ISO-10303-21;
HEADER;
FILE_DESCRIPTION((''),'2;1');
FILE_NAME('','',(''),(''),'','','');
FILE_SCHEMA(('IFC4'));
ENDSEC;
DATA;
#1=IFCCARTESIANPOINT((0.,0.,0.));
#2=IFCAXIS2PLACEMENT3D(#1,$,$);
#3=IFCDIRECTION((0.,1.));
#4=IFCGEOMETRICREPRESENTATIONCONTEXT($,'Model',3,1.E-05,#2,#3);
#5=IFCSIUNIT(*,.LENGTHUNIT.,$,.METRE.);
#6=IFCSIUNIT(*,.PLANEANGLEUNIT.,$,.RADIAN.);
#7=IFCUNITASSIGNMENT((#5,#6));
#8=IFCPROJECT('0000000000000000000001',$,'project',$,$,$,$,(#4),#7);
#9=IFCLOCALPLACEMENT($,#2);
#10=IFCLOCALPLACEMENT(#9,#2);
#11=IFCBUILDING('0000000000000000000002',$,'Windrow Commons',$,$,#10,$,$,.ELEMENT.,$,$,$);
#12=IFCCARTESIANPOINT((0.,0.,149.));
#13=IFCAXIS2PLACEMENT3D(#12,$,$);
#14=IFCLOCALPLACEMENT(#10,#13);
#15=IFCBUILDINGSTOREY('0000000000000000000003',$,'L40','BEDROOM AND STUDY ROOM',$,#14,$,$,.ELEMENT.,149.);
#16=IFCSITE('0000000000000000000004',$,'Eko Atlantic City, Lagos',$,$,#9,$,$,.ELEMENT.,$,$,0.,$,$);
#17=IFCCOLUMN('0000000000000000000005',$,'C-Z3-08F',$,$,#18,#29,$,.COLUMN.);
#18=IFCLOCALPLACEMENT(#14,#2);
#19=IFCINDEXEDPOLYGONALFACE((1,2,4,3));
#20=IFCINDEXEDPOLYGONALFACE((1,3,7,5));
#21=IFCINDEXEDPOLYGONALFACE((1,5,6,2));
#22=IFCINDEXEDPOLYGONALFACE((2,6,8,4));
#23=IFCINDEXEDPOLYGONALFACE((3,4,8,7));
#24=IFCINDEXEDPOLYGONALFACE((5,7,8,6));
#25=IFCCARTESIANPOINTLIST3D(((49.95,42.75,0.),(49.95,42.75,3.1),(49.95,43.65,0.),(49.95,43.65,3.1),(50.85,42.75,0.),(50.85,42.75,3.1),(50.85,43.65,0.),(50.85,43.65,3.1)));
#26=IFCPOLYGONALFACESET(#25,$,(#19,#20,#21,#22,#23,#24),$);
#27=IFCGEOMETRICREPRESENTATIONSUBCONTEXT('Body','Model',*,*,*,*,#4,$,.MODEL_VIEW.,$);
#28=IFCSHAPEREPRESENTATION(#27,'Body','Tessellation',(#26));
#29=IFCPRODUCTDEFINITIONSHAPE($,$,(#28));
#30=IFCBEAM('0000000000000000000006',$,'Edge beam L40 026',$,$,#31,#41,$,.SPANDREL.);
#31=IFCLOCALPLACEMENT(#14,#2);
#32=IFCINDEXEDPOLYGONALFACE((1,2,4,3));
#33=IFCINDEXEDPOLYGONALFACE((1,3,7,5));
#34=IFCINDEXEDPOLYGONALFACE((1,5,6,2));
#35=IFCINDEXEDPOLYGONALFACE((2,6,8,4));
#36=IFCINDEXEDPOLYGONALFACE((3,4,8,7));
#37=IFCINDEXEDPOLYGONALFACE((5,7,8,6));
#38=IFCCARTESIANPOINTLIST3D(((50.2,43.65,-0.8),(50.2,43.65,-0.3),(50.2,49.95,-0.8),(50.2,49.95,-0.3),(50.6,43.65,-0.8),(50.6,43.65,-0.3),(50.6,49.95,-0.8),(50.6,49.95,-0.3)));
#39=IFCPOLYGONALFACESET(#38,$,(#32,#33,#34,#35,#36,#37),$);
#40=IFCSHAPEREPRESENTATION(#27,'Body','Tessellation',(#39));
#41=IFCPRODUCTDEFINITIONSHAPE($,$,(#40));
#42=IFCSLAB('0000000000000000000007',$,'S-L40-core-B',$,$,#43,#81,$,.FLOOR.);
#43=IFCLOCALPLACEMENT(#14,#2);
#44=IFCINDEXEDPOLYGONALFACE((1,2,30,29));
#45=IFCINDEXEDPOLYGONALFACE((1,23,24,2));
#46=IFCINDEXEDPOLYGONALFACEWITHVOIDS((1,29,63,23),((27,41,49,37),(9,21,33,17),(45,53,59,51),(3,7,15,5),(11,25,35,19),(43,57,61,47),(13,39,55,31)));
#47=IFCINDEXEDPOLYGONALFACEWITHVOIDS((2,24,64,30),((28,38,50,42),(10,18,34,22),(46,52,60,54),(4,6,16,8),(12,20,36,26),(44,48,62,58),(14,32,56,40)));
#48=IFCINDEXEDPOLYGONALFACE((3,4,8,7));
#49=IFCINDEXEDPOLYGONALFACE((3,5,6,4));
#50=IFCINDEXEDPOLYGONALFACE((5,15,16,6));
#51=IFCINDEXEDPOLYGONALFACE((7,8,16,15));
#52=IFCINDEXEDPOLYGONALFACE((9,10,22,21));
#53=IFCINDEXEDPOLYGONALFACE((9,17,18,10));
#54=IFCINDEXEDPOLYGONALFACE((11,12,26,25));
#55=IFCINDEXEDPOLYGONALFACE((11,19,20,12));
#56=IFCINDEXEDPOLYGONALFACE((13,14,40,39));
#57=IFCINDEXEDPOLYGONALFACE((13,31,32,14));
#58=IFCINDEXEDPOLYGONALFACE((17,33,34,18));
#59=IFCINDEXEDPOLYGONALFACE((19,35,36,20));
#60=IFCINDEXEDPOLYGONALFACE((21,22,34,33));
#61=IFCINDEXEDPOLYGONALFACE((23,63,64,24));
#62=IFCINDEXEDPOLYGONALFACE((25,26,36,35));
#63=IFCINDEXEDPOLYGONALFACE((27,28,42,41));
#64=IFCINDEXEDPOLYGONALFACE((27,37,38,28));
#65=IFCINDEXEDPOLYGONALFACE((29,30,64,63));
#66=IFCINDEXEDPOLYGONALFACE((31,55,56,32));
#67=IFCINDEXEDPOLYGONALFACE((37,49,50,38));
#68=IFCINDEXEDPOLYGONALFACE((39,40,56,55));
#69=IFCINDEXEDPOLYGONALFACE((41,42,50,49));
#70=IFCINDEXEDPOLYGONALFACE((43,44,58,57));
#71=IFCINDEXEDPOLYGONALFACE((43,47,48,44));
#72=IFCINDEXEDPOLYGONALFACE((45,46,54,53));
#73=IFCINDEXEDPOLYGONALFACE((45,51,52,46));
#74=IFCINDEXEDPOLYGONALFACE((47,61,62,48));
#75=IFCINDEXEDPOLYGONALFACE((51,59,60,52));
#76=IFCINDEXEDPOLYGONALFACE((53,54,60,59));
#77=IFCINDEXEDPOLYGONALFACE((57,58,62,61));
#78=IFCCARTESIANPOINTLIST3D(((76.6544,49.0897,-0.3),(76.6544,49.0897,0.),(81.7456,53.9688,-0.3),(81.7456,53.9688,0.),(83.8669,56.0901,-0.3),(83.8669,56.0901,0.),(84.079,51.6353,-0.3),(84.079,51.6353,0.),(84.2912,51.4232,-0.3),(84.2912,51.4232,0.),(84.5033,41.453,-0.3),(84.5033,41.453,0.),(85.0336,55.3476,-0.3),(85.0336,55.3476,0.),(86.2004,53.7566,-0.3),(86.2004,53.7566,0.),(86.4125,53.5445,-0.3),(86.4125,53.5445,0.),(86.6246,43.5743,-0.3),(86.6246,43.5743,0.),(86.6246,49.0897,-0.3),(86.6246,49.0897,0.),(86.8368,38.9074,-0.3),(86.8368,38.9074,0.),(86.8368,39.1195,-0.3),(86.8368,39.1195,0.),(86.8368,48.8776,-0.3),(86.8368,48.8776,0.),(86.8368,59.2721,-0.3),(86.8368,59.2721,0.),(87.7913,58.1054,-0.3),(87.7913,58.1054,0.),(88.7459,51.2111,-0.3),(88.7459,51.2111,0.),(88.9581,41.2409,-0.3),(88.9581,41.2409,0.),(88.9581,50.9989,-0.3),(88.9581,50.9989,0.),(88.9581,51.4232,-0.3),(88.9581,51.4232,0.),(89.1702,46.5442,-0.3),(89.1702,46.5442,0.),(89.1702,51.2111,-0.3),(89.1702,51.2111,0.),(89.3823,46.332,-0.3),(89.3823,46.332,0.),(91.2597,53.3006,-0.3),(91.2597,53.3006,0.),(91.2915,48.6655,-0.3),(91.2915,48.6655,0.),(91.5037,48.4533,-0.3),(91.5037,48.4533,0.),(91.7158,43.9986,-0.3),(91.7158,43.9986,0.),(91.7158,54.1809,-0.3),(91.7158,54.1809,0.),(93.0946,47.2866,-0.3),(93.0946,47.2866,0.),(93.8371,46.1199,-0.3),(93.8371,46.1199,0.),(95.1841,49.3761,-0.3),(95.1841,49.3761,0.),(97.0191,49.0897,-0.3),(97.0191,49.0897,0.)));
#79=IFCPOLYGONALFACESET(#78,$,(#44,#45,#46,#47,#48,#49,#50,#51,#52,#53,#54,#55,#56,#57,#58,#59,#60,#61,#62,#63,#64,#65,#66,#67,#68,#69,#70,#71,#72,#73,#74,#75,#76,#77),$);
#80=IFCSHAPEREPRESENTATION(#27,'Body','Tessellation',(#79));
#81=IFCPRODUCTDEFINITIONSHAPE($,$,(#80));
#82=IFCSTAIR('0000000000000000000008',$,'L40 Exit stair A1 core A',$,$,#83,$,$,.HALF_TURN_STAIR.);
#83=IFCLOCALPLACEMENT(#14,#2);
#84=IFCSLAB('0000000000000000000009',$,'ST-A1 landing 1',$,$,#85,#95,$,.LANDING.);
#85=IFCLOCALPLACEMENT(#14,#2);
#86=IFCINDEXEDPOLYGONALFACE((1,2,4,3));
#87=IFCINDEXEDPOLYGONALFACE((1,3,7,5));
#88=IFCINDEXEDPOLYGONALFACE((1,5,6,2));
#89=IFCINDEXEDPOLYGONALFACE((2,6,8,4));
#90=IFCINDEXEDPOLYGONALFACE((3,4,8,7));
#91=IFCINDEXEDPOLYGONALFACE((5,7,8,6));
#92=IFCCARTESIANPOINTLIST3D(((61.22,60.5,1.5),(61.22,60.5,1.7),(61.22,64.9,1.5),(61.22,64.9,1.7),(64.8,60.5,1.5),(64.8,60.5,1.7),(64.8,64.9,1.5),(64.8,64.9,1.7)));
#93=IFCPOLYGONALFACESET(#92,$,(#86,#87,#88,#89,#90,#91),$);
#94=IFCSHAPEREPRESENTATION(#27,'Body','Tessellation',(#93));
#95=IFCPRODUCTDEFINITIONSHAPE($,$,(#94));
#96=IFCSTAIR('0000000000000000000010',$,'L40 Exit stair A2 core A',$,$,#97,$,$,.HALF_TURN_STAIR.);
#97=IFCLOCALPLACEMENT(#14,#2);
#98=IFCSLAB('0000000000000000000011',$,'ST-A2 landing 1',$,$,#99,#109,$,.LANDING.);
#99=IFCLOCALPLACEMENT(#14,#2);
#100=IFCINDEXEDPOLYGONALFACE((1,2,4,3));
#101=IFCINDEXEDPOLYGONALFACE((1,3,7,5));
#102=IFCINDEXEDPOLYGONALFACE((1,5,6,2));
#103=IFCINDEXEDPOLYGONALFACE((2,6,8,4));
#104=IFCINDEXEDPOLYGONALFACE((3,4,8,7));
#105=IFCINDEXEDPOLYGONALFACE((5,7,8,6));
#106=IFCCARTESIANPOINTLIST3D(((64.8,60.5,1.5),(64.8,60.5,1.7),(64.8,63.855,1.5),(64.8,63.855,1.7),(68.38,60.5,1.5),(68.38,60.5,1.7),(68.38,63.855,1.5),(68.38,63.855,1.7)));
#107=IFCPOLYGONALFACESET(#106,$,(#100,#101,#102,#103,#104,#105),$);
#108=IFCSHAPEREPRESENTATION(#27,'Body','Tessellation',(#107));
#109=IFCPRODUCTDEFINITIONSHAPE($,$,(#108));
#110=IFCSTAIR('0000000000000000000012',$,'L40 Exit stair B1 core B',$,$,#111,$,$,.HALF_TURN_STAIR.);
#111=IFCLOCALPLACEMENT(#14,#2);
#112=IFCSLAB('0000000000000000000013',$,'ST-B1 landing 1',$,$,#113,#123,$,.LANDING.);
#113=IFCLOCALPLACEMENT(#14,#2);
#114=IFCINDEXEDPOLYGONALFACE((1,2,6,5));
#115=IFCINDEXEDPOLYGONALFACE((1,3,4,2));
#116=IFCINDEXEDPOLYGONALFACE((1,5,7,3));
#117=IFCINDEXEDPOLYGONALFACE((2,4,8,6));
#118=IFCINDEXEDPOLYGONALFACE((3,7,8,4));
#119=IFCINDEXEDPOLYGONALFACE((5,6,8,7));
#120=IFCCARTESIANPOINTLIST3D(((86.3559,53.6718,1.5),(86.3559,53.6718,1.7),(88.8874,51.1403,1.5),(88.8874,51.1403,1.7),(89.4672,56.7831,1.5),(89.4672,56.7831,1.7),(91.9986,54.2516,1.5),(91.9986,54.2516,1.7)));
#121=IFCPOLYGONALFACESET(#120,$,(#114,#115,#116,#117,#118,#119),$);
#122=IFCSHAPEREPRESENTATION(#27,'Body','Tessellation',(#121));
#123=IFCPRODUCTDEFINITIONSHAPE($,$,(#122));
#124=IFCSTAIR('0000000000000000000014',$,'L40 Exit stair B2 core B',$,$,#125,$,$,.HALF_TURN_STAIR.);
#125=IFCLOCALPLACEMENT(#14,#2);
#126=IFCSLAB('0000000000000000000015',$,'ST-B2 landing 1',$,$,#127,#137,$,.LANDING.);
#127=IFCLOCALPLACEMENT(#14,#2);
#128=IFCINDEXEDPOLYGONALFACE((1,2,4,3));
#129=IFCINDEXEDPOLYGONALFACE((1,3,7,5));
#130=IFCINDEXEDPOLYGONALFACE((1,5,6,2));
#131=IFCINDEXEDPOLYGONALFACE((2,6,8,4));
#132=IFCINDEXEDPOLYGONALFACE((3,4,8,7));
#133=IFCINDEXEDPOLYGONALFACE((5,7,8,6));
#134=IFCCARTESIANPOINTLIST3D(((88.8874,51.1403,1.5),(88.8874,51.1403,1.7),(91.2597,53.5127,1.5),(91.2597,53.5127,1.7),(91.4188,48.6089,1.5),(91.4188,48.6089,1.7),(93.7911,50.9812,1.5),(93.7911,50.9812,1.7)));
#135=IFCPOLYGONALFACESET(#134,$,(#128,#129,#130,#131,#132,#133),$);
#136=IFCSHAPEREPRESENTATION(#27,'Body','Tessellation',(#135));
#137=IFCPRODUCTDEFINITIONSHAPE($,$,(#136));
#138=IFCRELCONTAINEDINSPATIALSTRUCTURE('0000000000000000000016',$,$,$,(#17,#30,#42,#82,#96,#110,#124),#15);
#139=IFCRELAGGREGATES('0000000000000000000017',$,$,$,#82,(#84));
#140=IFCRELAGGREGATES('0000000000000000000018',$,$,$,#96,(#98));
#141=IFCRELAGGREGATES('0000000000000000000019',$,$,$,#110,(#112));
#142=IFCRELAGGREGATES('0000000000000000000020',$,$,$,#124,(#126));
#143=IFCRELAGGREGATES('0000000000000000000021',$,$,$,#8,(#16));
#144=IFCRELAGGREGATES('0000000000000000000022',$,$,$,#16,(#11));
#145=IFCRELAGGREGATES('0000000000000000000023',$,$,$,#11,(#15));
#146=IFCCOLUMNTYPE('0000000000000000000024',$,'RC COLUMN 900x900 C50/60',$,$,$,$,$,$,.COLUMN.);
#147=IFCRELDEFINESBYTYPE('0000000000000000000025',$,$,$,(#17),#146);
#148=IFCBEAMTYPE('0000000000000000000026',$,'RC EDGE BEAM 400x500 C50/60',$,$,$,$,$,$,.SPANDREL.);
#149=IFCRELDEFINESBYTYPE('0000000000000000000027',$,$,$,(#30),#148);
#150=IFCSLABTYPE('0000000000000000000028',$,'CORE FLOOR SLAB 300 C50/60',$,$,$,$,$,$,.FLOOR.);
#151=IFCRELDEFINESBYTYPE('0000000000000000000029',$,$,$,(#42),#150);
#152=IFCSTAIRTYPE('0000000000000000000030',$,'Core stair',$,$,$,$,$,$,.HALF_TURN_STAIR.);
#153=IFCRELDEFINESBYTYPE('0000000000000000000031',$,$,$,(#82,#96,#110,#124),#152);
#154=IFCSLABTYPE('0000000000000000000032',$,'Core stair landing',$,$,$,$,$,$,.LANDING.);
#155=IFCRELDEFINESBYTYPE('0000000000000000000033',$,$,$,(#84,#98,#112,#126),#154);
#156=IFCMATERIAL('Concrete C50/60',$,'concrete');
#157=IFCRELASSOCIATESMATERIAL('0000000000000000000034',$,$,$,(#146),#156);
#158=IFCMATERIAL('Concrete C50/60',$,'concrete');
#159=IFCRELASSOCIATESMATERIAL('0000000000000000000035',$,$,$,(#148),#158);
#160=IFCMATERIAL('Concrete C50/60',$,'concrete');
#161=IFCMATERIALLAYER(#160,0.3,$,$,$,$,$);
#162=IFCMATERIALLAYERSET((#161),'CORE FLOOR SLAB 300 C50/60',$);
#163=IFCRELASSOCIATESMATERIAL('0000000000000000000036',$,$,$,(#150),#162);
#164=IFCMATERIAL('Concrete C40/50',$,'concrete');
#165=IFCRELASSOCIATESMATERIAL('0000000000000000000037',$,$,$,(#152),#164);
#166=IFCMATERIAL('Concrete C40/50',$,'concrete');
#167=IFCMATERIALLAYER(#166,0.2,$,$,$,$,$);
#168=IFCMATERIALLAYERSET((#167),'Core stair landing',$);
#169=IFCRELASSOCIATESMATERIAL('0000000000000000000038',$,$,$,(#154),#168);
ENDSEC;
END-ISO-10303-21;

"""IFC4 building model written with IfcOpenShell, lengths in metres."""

from ifc_helpers import new_model, si_unit, direction, frame, origin, origin_2d, place, context, subcontext, project, spatial, polyline, rectangle, outline, extrude, material, layer, layer_set, material_profile, profile_set, type_object, element, aggregate, save


model = new_model("IFC4")

# Units and contexts
model_context = context("Model", 3, precision=1e-05, world=origin(), true_north=direction((0.0, 1.0)))
body_context = subcontext(model_context, "Body", "Model", "MODEL_VIEW")
ifc_project = project(units=[si_unit("LENGTHUNIT", "METRE"), si_unit("PLANEANGLEUNIT", "RADIAN")], contexts=[model_context])

# Site, building, storey
site_placement = place(None, origin())
site = spatial("IfcSite", under=ifc_project, at=site_placement, Name="Eko Atlantic City, Lagos", CompositionType="ELEMENT", RefElevation=0.0)
building_placement = place(site_placement, origin())
building = spatial("IfcBuilding", under=site, at=building_placement, Name="Windrow Commons", CompositionType="ELEMENT")
storey_placement = place(building_placement, frame((0.0, 0.0, 149.0)))
storey = spatial("IfcBuildingStorey", under=building, at=storey_placement, Name="L40", Description="BEDROOM AND STUDY ROOM", CompositionType="ELEMENT", Elevation=149.0)

# Column
ifc_material_1 = material(Name="Concrete C50/60", Category="concrete")
ifc_material_profile_1 = material_profile(ifc_material_1, rectangle(XDim=0.9, YDim=0.9, at=origin_2d()))
ifc_profile_set_1 = profile_set([ifc_material_profile_1], Name="Concrete C50/60")
column_type = type_object("IfcColumnType", Name="RC COLUMN 900x900 C50/60", PredefinedType="COLUMN", material=ifc_profile_set_1)
column_placement = place(storey_placement, frame((50.4, 43.2, 0.0), z_axis=(0.0, 0.0, 1.0), x_axis=(1.0, 0.0, 0.0)))
element("IfcColumn", 1, at=column_placement, inside=storey, type_object=column_type, Name="C-Z3-08F", PredefinedType="COLUMN", context=body_context, shape_type="SweptSolid", body=[
    extrude(rectangle(XDim=0.9, YDim=0.9, at=origin_2d()), origin(), (0.0, 0.0, 1.0), 3.1),
])

# Beam
ifc_material_2 = material(Name="Concrete C50/60", Category="concrete")
ifc_material_profile_2 = material_profile(ifc_material_2, rectangle(XDim=0.4, YDim=0.5, at=origin_2d()))
ifc_profile_set_2 = profile_set([ifc_material_profile_2], Name="Concrete C50/60")
beam_type = type_object("IfcBeamType", Name="RC EDGE BEAM 400x500 C50/60", PredefinedType="SPANDREL", material=ifc_profile_set_2)
beam_placement = place(storey_placement, frame((50.4, 43.65, -0.55), z_axis=(0.0, 1.0, 0.0), x_axis=(-1.0, 0.0, 0.0)))
element("IfcBeam", 2, at=beam_placement, inside=storey, type_object=beam_type, Name="Edge beam L40 026", PredefinedType="SPANDREL", context=body_context, shape_type="SweptSolid", body=[
    extrude(rectangle(XDim=0.4, YDim=0.5, at=origin_2d()), origin(), (0.0, 0.0, 1.0), 6.3),
])

# Slab, openings
ifc_material_3 = material(Name="Concrete C50/60", Category="concrete")
ifc_layer_1 = layer(ifc_material_3, 0.3)
ifc_layer_set_1 = layer_set([ifc_layer_1], Name="CORE FLOOR SLAB 300 C50/60")
slab_type_1 = type_object("IfcSlabType", Name="CORE FLOOR SLAB 300 C50/60", PredefinedType="FLOOR", material=ifc_layer_set_1)
placement_1 = place(storey_placement, frame((0.0, 0.0, -0.3)))
slab_1 = element("IfcSlab", 3, at=placement_1, inside=storey, type_object=slab_type_1, Name="S-L40-core-B", PredefinedType="FLOOR", context=body_context, shape_type="SweptSolid", body=[
    extrude(outline(polyline([(76.6544, 49.0897), (86.8368, 38.9074), (97.0191, 49.0897), (86.8368, 59.2721), (76.6544, 49.0897)]), holes=[polyline([(84.5033, 41.453), (86.8368, 39.1195), (88.9581, 41.2409), (86.6246, 43.5743), (84.5033, 41.453)]), polyline([(81.7456, 53.9688), (84.079, 51.6353), (86.2004, 53.7566), (83.8669, 56.0901), (81.7456, 53.9688)]), polyline([(84.2912, 51.4232), (86.6246, 49.0897), (88.7459, 51.2111), (86.4125, 53.5445), (84.2912, 51.4232)]), polyline([(86.8368, 48.8776), (89.1702, 46.5442), (91.2915, 48.6655), (88.9581, 50.9989), (86.8368, 48.8776)]), polyline([(89.3823, 46.332), (91.7158, 43.9986), (93.8371, 46.1199), (91.5037, 48.4533), (89.3823, 46.332)]), polyline([(85.0336, 55.3476), (88.9581, 51.4232), (91.7158, 54.1809), (87.7913, 58.1054), (85.0336, 55.3476)]), polyline([(89.1702, 51.2111), (93.0946, 47.2866), (95.1841, 49.3761), (91.2597, 53.3006), (89.1702, 51.2111)])]), origin(), (0.0, 0.0, 1.0), 0.3),
])
opening_1_placement = place(placement_1, origin())
element("IfcOpeningElement", 4, at=opening_1_placement, cuts=slab_1, PredefinedType="OPENING", context=body_context, shape_type="SweptSolid", body=[
    extrude(outline(polyline([(84.5104, 41.453), (86.6246, 43.5672), (88.951, 41.2409), (86.8368, 39.1266), (84.5104, 41.453)])), origin(), (0.0, 0.0, 1.0), 0.3),
])
opening_2_placement = place(placement_1, origin())
element("IfcOpeningElement", 5, at=opening_2_placement, cuts=slab_1, PredefinedType="OPENING", context=body_context, shape_type="SweptSolid", body=[
    extrude(outline(polyline([(81.7527, 53.9688), (83.8669, 56.083), (86.1933, 53.7566), (84.079, 51.6424), (81.7527, 53.9688)])), origin(), (0.0, 0.0, 1.0), 0.3),
])
opening_3_placement = place(placement_1, origin())
element("IfcOpeningElement", 6, at=opening_3_placement, cuts=slab_1, PredefinedType="OPENING", context=body_context, shape_type="SweptSolid", body=[
    extrude(outline(polyline([(84.2983, 51.4232), (86.4125, 53.5374), (88.7388, 51.2111), (86.6246, 49.0968), (84.2983, 51.4232)])), origin(), (0.0, 0.0, 1.0), 0.3),
])
opening_4_placement = place(placement_1, origin())
element("IfcOpeningElement", 7, at=opening_4_placement, cuts=slab_1, PredefinedType="OPENING", context=body_context, shape_type="SweptSolid", body=[
    extrude(outline(polyline([(86.8439, 48.8776), (88.9581, 50.9918), (91.2844, 48.6655), (89.1702, 46.5513), (86.8439, 48.8776)])), origin(), (0.0, 0.0, 1.0), 0.3),
])
opening_5_placement = place(placement_1, origin())
element("IfcOpeningElement", 8, at=opening_5_placement, cuts=slab_1, PredefinedType="OPENING", context=body_context, shape_type="SweptSolid", body=[
    extrude(outline(polyline([(89.3894, 46.332), (91.5037, 48.4462), (93.83, 46.1199), (91.7158, 44.0057), (89.3894, 46.332)])), origin(), (0.0, 0.0, 1.0), 0.3),
])
opening_6_placement = place(placement_1, origin())
element("IfcOpeningElement", 9, at=opening_6_placement, cuts=slab_1, PredefinedType="OPENING", context=body_context, shape_type="SweptSolid", body=[
    extrude(outline(polyline([(85.0407, 55.3476), (87.7913, 58.0983), (91.7087, 54.1809), (88.9581, 51.4303), (85.0407, 55.3476)])), origin(), (0.0, 0.0, 1.0), 0.3),
])
opening_7_placement = place(placement_1, origin())
element("IfcOpeningElement", 10, at=opening_7_placement, cuts=slab_1, PredefinedType="OPENING", context=body_context, shape_type="SweptSolid", body=[
    extrude(outline(polyline([(89.1773, 51.2111), (91.2597, 53.2935), (95.177, 49.3761), (93.0946, 47.2937), (89.1773, 51.2111)])), origin(), (0.0, 0.0, 1.0), 0.3),
])

# Stairs, slabs
ifc_material_4 = material(Name="Concrete C40/50", Category="concrete")
stair_type = type_object("IfcStairType", Name="Core stair", PredefinedType="HALF_TURN_STAIR", material=ifc_material_4)
placement_2 = place(storey_placement, origin())
stair_1 = element("IfcStair", 11, at=placement_2, inside=storey, type_object=stair_type, Name="L40 Exit stair A1 core A", PredefinedType="HALF_TURN_STAIR")
ifc_material_5 = material(Name="Concrete C40/50", Category="concrete")
ifc_layer_2 = layer(ifc_material_5, 0.2)
ifc_layer_set_2 = layer_set([ifc_layer_2], Name="Core stair landing")
slab_type_2 = type_object("IfcSlabType", Name="Core stair landing", PredefinedType="LANDING", material=ifc_layer_set_2)
placement_3 = place(storey_placement, frame((0.0, 0.0, 1.5)))
slab_2 = element("IfcSlab", 12, at=placement_3, type_object=slab_type_2, Name="ST-A1 landing 1", PredefinedType="LANDING", context=body_context, shape_type="SweptSolid", body=[
    extrude(outline(polyline([(61.22, 60.5), (64.8, 60.5), (64.8, 64.9), (61.22, 64.9), (61.22, 60.5)])), origin(), (0.0, 0.0, 1.0), 0.2),
])
aggregate(stair_1, [slab_2])
stair_2 = element("IfcStair", 13, at=placement_2, inside=storey, type_object=stair_type, Name="L40 Exit stair A2 core A", PredefinedType="HALF_TURN_STAIR")
slab_3 = element("IfcSlab", 14, at=placement_3, type_object=slab_type_2, Name="ST-A2 landing 1", PredefinedType="LANDING", context=body_context, shape_type="SweptSolid", body=[
    extrude(outline(polyline([(64.8, 60.5), (68.38, 60.5), (68.38, 63.855), (64.8, 63.855), (64.8, 60.5)])), origin(), (0.0, 0.0, 1.0), 0.2),
])
aggregate(stair_2, [slab_3])
stair_3 = element("IfcStair", 15, at=placement_2, inside=storey, type_object=stair_type, Name="L40 Exit stair B1 core B", PredefinedType="HALF_TURN_STAIR")
slab_4 = element("IfcSlab", 16, at=placement_3, type_object=slab_type_2, Name="ST-B1 landing 1", PredefinedType="LANDING", context=body_context, shape_type="SweptSolid", body=[
    extrude(outline(polyline([(86.3559, 53.6718), (88.8874, 51.1403), (91.9986, 54.2516), (89.4672, 56.7831), (86.3559, 53.6718)])), origin(), (0.0, 0.0, 1.0), 0.2),
])
aggregate(stair_3, [slab_4])
stair_4 = element("IfcStair", 17, at=placement_2, inside=storey, type_object=stair_type, Name="L40 Exit stair B2 core B", PredefinedType="HALF_TURN_STAIR")
slab_5 = element("IfcSlab", 18, at=placement_3, type_object=slab_type_2, Name="ST-B2 landing 1", PredefinedType="LANDING", context=body_context, shape_type="SweptSolid", body=[
    extrude(outline(polyline([(88.8874, 51.1403), (91.4188, 48.6089), (93.7911, 50.9812), (91.2597, 53.5127), (88.8874, 51.1403)])), origin(), (0.0, 0.0, 1.0), 0.2),
])
aggregate(stair_4, [slab_5])

save(model, "model.ifc")
